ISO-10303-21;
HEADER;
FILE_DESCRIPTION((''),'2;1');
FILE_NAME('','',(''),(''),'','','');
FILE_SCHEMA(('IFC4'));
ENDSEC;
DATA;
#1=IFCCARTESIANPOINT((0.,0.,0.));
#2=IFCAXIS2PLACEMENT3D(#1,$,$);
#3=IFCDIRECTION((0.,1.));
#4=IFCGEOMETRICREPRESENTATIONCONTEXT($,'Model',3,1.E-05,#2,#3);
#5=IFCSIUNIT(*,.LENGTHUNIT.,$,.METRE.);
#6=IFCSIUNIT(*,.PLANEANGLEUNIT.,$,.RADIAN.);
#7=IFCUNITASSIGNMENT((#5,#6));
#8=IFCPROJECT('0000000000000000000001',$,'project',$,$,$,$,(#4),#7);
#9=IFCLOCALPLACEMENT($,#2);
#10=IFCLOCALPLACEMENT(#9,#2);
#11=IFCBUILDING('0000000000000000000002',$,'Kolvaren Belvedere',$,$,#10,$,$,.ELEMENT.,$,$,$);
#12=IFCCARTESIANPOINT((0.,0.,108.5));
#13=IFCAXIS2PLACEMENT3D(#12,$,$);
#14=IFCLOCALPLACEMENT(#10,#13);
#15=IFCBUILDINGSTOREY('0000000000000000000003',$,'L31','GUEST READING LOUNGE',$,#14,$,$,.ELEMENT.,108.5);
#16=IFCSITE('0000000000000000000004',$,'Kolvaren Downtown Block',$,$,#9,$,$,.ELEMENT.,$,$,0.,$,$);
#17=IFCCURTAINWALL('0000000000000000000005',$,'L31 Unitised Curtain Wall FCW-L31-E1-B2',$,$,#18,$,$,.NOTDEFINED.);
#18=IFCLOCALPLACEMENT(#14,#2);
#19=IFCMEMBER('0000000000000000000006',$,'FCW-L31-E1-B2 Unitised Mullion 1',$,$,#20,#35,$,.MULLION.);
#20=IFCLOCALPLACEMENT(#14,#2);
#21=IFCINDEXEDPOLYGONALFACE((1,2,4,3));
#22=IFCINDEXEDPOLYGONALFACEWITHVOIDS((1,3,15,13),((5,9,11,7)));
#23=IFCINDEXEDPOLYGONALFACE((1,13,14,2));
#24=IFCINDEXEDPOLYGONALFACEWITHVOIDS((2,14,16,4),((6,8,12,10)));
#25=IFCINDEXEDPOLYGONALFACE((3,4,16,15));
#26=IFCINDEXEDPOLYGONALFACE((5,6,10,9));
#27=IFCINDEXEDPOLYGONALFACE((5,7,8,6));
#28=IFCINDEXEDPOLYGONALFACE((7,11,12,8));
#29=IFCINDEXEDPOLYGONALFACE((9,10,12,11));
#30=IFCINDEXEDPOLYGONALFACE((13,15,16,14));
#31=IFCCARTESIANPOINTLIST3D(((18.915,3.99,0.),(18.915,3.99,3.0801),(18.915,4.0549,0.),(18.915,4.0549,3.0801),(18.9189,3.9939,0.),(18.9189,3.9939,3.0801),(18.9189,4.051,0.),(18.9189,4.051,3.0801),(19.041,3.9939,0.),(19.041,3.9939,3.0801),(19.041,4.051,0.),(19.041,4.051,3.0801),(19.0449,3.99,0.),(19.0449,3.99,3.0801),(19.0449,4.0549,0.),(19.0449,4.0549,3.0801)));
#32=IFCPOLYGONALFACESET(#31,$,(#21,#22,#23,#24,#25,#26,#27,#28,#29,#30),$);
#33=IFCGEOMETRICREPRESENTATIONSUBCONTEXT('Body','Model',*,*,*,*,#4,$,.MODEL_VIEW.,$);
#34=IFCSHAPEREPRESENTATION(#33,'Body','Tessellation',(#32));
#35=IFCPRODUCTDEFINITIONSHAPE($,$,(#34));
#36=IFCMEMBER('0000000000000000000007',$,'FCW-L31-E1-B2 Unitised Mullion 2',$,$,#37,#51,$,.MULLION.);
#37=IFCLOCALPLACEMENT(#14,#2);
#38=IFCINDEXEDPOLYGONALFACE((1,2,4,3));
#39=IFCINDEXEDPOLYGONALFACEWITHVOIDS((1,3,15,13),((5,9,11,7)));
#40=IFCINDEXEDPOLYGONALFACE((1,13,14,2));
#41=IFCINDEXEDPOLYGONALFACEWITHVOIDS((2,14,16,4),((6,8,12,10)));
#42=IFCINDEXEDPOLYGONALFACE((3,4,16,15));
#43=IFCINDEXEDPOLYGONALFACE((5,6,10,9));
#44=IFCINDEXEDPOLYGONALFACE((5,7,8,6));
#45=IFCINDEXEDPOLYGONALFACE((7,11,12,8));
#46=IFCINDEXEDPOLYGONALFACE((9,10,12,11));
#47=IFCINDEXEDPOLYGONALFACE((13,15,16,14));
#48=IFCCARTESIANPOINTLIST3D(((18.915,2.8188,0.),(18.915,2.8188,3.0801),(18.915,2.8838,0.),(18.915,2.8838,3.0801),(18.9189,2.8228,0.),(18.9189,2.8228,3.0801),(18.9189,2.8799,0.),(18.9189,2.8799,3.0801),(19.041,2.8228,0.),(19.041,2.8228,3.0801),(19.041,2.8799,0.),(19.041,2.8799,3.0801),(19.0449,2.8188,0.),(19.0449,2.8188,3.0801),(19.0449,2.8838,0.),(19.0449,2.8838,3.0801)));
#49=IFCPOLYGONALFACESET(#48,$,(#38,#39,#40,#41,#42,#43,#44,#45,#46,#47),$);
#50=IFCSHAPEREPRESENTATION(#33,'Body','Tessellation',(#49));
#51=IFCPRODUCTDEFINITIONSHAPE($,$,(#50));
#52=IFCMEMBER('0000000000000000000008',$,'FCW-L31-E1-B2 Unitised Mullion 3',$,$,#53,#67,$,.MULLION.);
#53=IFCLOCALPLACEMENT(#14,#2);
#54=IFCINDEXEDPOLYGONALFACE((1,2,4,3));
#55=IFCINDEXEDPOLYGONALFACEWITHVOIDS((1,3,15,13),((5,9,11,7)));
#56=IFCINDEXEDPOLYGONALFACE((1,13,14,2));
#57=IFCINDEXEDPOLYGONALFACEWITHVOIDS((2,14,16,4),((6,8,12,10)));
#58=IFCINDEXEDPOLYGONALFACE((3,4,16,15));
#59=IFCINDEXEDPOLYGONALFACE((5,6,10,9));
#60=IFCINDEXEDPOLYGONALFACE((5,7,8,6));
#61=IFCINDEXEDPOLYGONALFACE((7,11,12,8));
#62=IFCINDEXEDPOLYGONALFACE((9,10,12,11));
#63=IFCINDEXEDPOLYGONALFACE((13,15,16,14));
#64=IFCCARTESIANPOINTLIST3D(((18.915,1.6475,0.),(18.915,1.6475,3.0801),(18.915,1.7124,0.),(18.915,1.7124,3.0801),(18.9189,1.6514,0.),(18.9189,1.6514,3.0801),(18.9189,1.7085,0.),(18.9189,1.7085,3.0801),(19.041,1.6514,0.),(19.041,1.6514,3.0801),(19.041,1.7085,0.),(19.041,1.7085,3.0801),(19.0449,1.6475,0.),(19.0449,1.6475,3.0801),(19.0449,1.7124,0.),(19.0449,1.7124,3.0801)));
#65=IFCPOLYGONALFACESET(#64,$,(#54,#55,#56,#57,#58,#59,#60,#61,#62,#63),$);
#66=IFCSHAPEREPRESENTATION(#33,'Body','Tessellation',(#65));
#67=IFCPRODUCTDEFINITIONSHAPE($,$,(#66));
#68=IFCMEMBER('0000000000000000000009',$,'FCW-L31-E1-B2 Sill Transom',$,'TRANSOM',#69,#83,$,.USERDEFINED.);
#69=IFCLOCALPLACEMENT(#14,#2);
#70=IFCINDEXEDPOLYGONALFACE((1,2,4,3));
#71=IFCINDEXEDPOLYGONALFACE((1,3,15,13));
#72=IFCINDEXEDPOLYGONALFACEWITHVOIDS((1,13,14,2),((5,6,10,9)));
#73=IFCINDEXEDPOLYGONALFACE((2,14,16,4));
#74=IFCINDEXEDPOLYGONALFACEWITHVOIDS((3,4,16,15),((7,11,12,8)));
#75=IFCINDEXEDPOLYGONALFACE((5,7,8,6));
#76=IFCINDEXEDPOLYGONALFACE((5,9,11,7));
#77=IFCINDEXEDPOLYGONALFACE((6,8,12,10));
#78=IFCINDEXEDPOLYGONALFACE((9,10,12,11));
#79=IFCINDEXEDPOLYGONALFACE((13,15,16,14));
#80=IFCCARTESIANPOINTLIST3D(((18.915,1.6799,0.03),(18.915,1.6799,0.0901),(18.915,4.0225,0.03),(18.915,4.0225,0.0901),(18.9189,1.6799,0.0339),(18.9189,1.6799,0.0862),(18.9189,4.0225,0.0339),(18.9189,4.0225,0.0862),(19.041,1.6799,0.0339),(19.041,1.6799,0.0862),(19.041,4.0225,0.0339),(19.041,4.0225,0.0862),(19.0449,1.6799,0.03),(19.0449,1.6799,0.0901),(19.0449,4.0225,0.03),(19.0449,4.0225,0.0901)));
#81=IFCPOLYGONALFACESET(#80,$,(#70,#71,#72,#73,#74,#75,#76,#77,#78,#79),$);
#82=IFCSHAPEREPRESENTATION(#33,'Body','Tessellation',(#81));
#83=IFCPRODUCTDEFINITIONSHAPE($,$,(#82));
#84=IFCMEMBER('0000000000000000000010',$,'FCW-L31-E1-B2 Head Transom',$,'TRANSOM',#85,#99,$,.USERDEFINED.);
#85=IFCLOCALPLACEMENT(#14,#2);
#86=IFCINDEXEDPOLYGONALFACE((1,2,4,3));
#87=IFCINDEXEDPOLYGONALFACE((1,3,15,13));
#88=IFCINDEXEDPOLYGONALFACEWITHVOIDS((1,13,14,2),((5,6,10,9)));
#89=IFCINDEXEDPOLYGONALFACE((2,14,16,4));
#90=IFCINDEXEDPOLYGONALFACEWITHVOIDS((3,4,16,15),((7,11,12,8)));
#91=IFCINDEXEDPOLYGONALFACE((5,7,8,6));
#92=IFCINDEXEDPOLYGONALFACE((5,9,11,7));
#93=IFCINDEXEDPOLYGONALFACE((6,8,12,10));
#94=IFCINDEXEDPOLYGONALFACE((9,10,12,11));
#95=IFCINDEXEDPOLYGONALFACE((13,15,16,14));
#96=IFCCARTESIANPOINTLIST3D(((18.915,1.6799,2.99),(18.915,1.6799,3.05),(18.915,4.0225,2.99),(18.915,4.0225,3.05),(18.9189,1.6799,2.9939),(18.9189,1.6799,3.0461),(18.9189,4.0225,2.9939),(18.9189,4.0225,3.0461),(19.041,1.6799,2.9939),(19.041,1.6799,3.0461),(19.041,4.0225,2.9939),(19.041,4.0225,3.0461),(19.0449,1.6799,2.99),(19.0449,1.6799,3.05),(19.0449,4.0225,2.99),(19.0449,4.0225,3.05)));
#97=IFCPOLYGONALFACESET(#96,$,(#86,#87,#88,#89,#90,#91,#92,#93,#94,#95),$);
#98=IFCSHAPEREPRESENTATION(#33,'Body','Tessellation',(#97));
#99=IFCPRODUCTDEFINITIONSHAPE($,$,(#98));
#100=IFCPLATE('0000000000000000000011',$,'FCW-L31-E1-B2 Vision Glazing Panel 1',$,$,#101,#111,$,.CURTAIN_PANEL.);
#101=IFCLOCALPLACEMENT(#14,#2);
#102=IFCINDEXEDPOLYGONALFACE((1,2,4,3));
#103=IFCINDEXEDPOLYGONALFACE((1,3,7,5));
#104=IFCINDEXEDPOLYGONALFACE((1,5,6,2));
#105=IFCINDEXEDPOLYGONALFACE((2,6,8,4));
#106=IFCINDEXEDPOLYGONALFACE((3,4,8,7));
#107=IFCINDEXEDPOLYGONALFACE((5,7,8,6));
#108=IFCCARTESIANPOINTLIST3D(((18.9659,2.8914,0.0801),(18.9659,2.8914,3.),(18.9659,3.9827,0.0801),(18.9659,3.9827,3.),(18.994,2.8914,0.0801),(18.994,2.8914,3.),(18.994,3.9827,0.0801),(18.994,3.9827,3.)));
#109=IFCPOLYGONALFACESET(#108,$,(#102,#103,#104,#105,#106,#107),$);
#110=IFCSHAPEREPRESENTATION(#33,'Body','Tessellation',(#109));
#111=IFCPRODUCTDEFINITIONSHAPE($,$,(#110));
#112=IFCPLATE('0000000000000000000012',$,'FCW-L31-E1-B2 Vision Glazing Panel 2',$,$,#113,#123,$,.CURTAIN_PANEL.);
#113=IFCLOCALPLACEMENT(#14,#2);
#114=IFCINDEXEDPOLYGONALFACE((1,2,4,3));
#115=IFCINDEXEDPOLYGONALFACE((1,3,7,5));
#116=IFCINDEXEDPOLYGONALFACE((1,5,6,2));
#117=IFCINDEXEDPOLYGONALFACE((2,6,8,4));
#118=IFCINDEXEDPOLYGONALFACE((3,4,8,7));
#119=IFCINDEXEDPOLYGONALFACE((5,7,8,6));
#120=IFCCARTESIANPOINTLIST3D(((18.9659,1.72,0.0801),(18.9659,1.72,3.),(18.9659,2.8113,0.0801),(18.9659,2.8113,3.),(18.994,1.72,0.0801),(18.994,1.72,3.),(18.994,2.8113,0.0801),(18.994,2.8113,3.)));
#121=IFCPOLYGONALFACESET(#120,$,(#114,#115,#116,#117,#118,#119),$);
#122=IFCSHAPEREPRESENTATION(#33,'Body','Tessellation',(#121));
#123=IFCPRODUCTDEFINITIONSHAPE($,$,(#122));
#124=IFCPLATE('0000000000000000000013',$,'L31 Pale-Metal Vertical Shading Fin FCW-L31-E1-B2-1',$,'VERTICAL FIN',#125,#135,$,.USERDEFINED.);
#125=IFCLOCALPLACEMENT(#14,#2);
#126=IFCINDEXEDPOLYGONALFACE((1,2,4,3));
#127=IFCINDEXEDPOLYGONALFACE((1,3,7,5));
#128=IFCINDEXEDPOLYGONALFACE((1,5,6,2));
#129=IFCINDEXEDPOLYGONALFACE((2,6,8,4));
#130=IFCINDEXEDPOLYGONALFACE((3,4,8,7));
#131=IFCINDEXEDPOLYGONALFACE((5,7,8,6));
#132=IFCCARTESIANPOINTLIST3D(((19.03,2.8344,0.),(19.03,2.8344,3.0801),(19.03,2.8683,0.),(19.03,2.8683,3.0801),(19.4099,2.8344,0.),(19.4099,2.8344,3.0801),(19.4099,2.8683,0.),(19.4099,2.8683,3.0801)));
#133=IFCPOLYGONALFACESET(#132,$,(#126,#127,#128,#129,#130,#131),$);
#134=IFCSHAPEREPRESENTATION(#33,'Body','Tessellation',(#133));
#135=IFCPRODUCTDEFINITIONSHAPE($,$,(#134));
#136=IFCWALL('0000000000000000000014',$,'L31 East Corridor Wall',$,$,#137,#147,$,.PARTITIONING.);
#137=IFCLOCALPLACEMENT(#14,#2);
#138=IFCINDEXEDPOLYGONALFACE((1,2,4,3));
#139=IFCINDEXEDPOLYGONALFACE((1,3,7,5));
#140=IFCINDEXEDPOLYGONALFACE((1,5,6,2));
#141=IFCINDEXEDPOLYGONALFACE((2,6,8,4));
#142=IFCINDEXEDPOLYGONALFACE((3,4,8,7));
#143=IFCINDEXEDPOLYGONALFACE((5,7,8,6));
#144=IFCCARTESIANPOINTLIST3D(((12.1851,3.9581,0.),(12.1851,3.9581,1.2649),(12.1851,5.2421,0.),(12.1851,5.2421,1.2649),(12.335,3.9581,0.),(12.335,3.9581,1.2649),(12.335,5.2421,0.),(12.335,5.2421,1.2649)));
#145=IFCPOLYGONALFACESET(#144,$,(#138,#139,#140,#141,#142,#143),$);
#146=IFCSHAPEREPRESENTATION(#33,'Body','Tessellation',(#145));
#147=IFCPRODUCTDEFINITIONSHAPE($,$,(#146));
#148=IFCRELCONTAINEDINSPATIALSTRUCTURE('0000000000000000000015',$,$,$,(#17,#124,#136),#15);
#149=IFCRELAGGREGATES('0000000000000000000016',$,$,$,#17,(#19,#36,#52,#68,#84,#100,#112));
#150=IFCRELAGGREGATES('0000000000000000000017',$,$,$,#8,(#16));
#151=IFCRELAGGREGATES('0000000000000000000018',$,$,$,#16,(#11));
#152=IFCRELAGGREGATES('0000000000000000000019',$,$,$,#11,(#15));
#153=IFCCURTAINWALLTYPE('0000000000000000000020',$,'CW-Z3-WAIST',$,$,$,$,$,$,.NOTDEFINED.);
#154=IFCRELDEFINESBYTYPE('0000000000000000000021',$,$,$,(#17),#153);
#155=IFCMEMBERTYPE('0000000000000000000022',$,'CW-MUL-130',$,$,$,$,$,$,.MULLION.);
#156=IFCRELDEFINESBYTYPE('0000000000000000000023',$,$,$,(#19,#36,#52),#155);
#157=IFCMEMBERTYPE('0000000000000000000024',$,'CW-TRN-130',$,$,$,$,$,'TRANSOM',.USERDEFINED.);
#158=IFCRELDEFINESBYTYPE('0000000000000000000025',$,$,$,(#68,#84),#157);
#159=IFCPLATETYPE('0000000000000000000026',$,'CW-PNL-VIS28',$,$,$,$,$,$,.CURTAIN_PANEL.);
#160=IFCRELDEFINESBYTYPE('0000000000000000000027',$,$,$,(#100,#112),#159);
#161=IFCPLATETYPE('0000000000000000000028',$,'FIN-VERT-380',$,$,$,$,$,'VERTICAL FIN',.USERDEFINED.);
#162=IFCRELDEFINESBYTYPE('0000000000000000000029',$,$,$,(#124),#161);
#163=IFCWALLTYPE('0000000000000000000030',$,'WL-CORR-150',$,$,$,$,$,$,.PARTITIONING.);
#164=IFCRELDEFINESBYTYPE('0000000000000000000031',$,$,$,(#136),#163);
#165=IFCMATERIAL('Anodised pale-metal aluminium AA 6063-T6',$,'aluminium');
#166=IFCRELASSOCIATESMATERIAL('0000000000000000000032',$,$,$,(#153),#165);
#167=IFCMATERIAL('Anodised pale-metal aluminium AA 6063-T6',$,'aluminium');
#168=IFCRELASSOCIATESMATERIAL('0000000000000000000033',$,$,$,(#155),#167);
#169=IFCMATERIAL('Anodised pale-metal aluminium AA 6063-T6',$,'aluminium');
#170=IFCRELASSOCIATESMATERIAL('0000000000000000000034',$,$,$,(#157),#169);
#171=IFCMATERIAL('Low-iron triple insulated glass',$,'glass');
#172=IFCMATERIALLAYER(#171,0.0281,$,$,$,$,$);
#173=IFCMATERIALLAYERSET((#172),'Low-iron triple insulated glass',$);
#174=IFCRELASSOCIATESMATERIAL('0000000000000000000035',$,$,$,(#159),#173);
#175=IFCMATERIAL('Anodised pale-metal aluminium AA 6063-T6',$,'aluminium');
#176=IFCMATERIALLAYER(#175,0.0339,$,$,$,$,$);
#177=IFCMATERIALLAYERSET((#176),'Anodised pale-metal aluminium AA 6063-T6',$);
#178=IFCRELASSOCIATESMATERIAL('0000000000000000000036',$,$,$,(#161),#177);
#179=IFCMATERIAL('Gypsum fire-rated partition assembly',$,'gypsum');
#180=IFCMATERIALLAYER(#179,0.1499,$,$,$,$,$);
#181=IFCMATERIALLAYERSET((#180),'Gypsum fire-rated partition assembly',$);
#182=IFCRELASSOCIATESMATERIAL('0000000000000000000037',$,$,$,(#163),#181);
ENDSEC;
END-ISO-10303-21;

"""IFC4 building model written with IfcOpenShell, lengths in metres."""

from ifc_helpers import new_model, si_unit, direction, frame, frame_2d, origin, origin_2d, place, context, subcontext, project, spatial, rectangle, hollow_rectangle, extrude, material, layer, layer_set, material_profile, profile_set, type_object, element, aggregate, save


model = new_model("IFC4")

# Units and contexts
model_context = context("Model", 3, precision=1e-05, world=origin(), true_north=direction((0.0, 1.0)))
body_context = subcontext(model_context, "Body", "Model", "MODEL_VIEW")
ifc_project = project(units=[si_unit("LENGTHUNIT", "METRE"), si_unit("PLANEANGLEUNIT", "RADIAN")], contexts=[model_context])

# Site, building, storey
site_placement = place(None, origin())
site = spatial("IfcSite", under=ifc_project, at=site_placement, Name="Kolvaren Downtown Block", CompositionType="ELEMENT", RefElevation=0.0)
building_placement = place(site_placement, origin())
building = spatial("IfcBuilding", under=site, at=building_placement, Name="Kolvaren Belvedere", CompositionType="ELEMENT")
storey_placement = place(building_placement, frame((0.0, 0.0, 108.5)))
storey = spatial("IfcBuildingStorey", under=building, at=storey_placement, Name="L31", Description="GUEST READING LOUNGE", CompositionType="ELEMENT", Elevation=108.5)

# Shared definitions
ifc_material_1 = material(Name="Anodised pale-metal aluminium AA 6063-T6", Category="aluminium")
curtain_wall_type = type_object("IfcCurtainWallType", Name="CW-Z3-WAIST", PredefinedType="NOTDEFINED", material=ifc_material_1)
ifc_material_2 = material(Name="Anodised pale-metal aluminium AA 6063-T6", Category="aluminium")
ifc_material_profile_1 = material_profile(ifc_material_2, hollow_rectangle(XDim=0.0649, YDim=0.1299, WallThickness=0.0039, at=origin_2d()), Name="ALU-MUL-130X65")
ifc_profile_set_1 = profile_set([ifc_material_profile_1], Name="Anodised pale-metal aluminium AA 6063-T6")
member_type_1 = type_object("IfcMemberType", Name="CW-MUL-130", PredefinedType="MULLION", material=ifc_profile_set_1)

# Curtain wall, members, plates
curtain_wall_1_placement = place(storey_placement, origin())
curtain_wall_1 = element("IfcCurtainWall", 1, at=curtain_wall_1_placement, inside=storey, type_object=curtain_wall_type, Name="L31 Unitised Curtain Wall FCW-L31-E1-B2", PredefinedType="NOTDEFINED")
member_1_placement = place(storey_placement, frame((18.98, 4.0225, 0.0), z_axis=(0.0, 0.0, 1.0), x_axis=(0.0, 1.0, 0.0)))
member_1 = element("IfcMember", 2, at=member_1_placement, type_object=member_type_1, Name="FCW-L31-E1-B2 Unitised Mullion 1", PredefinedType="MULLION", context=body_context, shape_type="SweptSolid", body=[
    extrude(hollow_rectangle(XDim=0.0649, YDim=0.1299, WallThickness=0.0039, at=origin_2d()), origin(), (0.0, 0.0, 1.0), 3.0801),
])
member_2_placement = place(storey_placement, frame((18.98, 2.8513, 0.0), z_axis=(0.0, 0.0, 1.0), x_axis=(0.0, 1.0, 0.0)))
member_2 = element("IfcMember", 3, at=member_2_placement, type_object=member_type_1, Name="FCW-L31-E1-B2 Unitised Mullion 2", PredefinedType="MULLION", context=body_context, shape_type="SweptSolid", body=[
    extrude(hollow_rectangle(XDim=0.0649, YDim=0.1299, WallThickness=0.0039, at=origin_2d()), origin(), (0.0, 0.0, 1.0), 3.0801),
])
member_3_placement = place(storey_placement, frame((18.98, 1.6799, 0.0), z_axis=(0.0, 0.0, 1.0), x_axis=(0.0, 1.0, 0.0)))
member_3 = element("IfcMember", 4, at=member_3_placement, type_object=member_type_1, Name="FCW-L31-E1-B2 Unitised Mullion 3", PredefinedType="MULLION", context=body_context, shape_type="SweptSolid", body=[
    extrude(hollow_rectangle(XDim=0.0649, YDim=0.1299, WallThickness=0.0039, at=origin_2d()), origin(), (0.0, 0.0, 1.0), 3.0801),
])
ifc_material_3 = material(Name="Anodised pale-metal aluminium AA 6063-T6", Category="aluminium")
ifc_material_profile_2 = material_profile(ifc_material_3, hollow_rectangle(XDim=0.0601, YDim=0.1299, WallThickness=0.0039, at=origin_2d()), Name="ALU-TRN-130X60")
ifc_profile_set_2 = profile_set([ifc_material_profile_2], Name="Anodised pale-metal aluminium AA 6063-T6")
member_type_2 = type_object("IfcMemberType", Name="CW-TRN-130", ElementType="TRANSOM", PredefinedType="USERDEFINED", material=ifc_profile_set_2)
member_4_placement = place(storey_placement, frame((18.98, 4.0225, 0.0601), z_axis=(0.0, -1.0, 0.0), x_axis=(0.0, 0.0, 1.0)))
member_4 = element("IfcMember", 5, at=member_4_placement, type_object=member_type_2, Name="FCW-L31-E1-B2 Sill Transom", ObjectType="TRANSOM", PredefinedType="USERDEFINED", context=body_context, shape_type="SweptSolid", body=[
    extrude(hollow_rectangle(XDim=0.0601, YDim=0.1299, WallThickness=0.0039, at=origin_2d()), origin(), (0.0, 0.0, 1.0), 2.3425),
])
member_5_placement = place(storey_placement, frame((18.98, 4.0225, 3.02), z_axis=(0.0, -1.0, 0.0), x_axis=(0.0, 0.0, 1.0)))
member_5 = element("IfcMember", 6, at=member_5_placement, type_object=member_type_2, Name="FCW-L31-E1-B2 Head Transom", ObjectType="TRANSOM", PredefinedType="USERDEFINED", context=body_context, shape_type="SweptSolid", body=[
    extrude(hollow_rectangle(XDim=0.0601, YDim=0.1299, WallThickness=0.0039, at=origin_2d()), origin(), (0.0, 0.0, 1.0), 2.3425),
])
ifc_material_4 = material(Name="Low-iron triple insulated glass", Category="glass")
ifc_layer_1 = layer(ifc_material_4, 0.0281)
ifc_layer_set_1 = layer_set([ifc_layer_1], Name="Low-iron triple insulated glass")
plate_type_1 = type_object("IfcPlateType", Name="CW-PNL-VIS28", PredefinedType="CURTAIN_PANEL", material=ifc_layer_set_1)
plate_1_placement = place(storey_placement, frame((18.98, 3.437, 0.0801), z_axis=(0.0, 0.0, 1.0), x_axis=(0.0, -1.0, 0.0)))
plate_1 = element("IfcPlate", 7, at=plate_1_placement, type_object=plate_type_1, Name="FCW-L31-E1-B2 Vision Glazing Panel 1", PredefinedType="CURTAIN_PANEL", context=body_context, shape_type="SweptSolid", body=[
    extrude(rectangle(XDim=1.0913, YDim=0.0281, at=origin_2d()), origin(), (0.0, 0.0, 1.0), 2.9199),
])
plate_2_placement = place(storey_placement, frame((18.98, 2.2656, 0.0801), z_axis=(0.0, 0.0, 1.0), x_axis=(0.0, -1.0, 0.0)))
plate_2 = element("IfcPlate", 8, at=plate_2_placement, type_object=plate_type_1, Name="FCW-L31-E1-B2 Vision Glazing Panel 2", PredefinedType="CURTAIN_PANEL", context=body_context, shape_type="SweptSolid", body=[
    extrude(rectangle(XDim=1.0913, YDim=0.0281, at=origin_2d()), origin(), (0.0, 0.0, 1.0), 2.9199),
])
aggregate(curtain_wall_1, [member_1, member_2, member_3, member_4, member_5, plate_1, plate_2])

# Plate
ifc_material_5 = material(Name="Anodised pale-metal aluminium AA 6063-T6", Category="aluminium")
ifc_layer_2 = layer(ifc_material_5, 0.0339)
ifc_layer_set_2 = layer_set([ifc_layer_2], Name="Anodised pale-metal aluminium AA 6063-T6")
plate_type_2 = type_object("IfcPlateType", Name="FIN-VERT-380", ElementType="VERTICAL FIN", PredefinedType="USERDEFINED", material=ifc_layer_set_2)
plate_3_placement = place(storey_placement, frame((19.22, 2.8513, 0.0), z_axis=(0.0, 0.0, 1.0), x_axis=(1.0, 0.0, 0.0)))
element("IfcPlate", 9, at=plate_3_placement, inside=storey, type_object=plate_type_2, Name="L31 Pale-Metal Vertical Shading Fin FCW-L31-E1-B2-1", ObjectType="VERTICAL FIN", PredefinedType="USERDEFINED", context=body_context, shape_type="SweptSolid", body=[
    extrude(rectangle(XDim=0.3799, YDim=0.0339, at=origin_2d()), origin(), (0.0, 0.0, 1.0), 3.0801),
])

# Wall
ifc_material_6 = material(Name="Gypsum fire-rated partition assembly", Category="gypsum")
ifc_layer_3 = layer(ifc_material_6, 0.1499)
ifc_layer_set_3 = layer_set([ifc_layer_3], Name="Gypsum fire-rated partition assembly")
wall_type_1 = type_object("IfcWallType", Name="WL-CORR-150", PredefinedType="PARTITIONING", material=ifc_layer_set_3)
wall_1_placement = place(storey_placement, frame((12.26, 3.958, 0.0), z_axis=(0.0, 0.0, 1.0), x_axis=(0.0, 1.0, 0.0)))
element("IfcWall", 10, at=wall_1_placement, inside=storey, type_object=wall_type_1, Name="L31 East Corridor Wall", PredefinedType="PARTITIONING", context=body_context, shape_type="SweptSolid", body=[
    extrude(rectangle(XDim=1.2839, YDim=0.1499, at=frame_2d((0.6421, 0.0))), origin(), (0.0, 0.0, 1.0), 1.2649),
])

save(model, "model.ifc")
